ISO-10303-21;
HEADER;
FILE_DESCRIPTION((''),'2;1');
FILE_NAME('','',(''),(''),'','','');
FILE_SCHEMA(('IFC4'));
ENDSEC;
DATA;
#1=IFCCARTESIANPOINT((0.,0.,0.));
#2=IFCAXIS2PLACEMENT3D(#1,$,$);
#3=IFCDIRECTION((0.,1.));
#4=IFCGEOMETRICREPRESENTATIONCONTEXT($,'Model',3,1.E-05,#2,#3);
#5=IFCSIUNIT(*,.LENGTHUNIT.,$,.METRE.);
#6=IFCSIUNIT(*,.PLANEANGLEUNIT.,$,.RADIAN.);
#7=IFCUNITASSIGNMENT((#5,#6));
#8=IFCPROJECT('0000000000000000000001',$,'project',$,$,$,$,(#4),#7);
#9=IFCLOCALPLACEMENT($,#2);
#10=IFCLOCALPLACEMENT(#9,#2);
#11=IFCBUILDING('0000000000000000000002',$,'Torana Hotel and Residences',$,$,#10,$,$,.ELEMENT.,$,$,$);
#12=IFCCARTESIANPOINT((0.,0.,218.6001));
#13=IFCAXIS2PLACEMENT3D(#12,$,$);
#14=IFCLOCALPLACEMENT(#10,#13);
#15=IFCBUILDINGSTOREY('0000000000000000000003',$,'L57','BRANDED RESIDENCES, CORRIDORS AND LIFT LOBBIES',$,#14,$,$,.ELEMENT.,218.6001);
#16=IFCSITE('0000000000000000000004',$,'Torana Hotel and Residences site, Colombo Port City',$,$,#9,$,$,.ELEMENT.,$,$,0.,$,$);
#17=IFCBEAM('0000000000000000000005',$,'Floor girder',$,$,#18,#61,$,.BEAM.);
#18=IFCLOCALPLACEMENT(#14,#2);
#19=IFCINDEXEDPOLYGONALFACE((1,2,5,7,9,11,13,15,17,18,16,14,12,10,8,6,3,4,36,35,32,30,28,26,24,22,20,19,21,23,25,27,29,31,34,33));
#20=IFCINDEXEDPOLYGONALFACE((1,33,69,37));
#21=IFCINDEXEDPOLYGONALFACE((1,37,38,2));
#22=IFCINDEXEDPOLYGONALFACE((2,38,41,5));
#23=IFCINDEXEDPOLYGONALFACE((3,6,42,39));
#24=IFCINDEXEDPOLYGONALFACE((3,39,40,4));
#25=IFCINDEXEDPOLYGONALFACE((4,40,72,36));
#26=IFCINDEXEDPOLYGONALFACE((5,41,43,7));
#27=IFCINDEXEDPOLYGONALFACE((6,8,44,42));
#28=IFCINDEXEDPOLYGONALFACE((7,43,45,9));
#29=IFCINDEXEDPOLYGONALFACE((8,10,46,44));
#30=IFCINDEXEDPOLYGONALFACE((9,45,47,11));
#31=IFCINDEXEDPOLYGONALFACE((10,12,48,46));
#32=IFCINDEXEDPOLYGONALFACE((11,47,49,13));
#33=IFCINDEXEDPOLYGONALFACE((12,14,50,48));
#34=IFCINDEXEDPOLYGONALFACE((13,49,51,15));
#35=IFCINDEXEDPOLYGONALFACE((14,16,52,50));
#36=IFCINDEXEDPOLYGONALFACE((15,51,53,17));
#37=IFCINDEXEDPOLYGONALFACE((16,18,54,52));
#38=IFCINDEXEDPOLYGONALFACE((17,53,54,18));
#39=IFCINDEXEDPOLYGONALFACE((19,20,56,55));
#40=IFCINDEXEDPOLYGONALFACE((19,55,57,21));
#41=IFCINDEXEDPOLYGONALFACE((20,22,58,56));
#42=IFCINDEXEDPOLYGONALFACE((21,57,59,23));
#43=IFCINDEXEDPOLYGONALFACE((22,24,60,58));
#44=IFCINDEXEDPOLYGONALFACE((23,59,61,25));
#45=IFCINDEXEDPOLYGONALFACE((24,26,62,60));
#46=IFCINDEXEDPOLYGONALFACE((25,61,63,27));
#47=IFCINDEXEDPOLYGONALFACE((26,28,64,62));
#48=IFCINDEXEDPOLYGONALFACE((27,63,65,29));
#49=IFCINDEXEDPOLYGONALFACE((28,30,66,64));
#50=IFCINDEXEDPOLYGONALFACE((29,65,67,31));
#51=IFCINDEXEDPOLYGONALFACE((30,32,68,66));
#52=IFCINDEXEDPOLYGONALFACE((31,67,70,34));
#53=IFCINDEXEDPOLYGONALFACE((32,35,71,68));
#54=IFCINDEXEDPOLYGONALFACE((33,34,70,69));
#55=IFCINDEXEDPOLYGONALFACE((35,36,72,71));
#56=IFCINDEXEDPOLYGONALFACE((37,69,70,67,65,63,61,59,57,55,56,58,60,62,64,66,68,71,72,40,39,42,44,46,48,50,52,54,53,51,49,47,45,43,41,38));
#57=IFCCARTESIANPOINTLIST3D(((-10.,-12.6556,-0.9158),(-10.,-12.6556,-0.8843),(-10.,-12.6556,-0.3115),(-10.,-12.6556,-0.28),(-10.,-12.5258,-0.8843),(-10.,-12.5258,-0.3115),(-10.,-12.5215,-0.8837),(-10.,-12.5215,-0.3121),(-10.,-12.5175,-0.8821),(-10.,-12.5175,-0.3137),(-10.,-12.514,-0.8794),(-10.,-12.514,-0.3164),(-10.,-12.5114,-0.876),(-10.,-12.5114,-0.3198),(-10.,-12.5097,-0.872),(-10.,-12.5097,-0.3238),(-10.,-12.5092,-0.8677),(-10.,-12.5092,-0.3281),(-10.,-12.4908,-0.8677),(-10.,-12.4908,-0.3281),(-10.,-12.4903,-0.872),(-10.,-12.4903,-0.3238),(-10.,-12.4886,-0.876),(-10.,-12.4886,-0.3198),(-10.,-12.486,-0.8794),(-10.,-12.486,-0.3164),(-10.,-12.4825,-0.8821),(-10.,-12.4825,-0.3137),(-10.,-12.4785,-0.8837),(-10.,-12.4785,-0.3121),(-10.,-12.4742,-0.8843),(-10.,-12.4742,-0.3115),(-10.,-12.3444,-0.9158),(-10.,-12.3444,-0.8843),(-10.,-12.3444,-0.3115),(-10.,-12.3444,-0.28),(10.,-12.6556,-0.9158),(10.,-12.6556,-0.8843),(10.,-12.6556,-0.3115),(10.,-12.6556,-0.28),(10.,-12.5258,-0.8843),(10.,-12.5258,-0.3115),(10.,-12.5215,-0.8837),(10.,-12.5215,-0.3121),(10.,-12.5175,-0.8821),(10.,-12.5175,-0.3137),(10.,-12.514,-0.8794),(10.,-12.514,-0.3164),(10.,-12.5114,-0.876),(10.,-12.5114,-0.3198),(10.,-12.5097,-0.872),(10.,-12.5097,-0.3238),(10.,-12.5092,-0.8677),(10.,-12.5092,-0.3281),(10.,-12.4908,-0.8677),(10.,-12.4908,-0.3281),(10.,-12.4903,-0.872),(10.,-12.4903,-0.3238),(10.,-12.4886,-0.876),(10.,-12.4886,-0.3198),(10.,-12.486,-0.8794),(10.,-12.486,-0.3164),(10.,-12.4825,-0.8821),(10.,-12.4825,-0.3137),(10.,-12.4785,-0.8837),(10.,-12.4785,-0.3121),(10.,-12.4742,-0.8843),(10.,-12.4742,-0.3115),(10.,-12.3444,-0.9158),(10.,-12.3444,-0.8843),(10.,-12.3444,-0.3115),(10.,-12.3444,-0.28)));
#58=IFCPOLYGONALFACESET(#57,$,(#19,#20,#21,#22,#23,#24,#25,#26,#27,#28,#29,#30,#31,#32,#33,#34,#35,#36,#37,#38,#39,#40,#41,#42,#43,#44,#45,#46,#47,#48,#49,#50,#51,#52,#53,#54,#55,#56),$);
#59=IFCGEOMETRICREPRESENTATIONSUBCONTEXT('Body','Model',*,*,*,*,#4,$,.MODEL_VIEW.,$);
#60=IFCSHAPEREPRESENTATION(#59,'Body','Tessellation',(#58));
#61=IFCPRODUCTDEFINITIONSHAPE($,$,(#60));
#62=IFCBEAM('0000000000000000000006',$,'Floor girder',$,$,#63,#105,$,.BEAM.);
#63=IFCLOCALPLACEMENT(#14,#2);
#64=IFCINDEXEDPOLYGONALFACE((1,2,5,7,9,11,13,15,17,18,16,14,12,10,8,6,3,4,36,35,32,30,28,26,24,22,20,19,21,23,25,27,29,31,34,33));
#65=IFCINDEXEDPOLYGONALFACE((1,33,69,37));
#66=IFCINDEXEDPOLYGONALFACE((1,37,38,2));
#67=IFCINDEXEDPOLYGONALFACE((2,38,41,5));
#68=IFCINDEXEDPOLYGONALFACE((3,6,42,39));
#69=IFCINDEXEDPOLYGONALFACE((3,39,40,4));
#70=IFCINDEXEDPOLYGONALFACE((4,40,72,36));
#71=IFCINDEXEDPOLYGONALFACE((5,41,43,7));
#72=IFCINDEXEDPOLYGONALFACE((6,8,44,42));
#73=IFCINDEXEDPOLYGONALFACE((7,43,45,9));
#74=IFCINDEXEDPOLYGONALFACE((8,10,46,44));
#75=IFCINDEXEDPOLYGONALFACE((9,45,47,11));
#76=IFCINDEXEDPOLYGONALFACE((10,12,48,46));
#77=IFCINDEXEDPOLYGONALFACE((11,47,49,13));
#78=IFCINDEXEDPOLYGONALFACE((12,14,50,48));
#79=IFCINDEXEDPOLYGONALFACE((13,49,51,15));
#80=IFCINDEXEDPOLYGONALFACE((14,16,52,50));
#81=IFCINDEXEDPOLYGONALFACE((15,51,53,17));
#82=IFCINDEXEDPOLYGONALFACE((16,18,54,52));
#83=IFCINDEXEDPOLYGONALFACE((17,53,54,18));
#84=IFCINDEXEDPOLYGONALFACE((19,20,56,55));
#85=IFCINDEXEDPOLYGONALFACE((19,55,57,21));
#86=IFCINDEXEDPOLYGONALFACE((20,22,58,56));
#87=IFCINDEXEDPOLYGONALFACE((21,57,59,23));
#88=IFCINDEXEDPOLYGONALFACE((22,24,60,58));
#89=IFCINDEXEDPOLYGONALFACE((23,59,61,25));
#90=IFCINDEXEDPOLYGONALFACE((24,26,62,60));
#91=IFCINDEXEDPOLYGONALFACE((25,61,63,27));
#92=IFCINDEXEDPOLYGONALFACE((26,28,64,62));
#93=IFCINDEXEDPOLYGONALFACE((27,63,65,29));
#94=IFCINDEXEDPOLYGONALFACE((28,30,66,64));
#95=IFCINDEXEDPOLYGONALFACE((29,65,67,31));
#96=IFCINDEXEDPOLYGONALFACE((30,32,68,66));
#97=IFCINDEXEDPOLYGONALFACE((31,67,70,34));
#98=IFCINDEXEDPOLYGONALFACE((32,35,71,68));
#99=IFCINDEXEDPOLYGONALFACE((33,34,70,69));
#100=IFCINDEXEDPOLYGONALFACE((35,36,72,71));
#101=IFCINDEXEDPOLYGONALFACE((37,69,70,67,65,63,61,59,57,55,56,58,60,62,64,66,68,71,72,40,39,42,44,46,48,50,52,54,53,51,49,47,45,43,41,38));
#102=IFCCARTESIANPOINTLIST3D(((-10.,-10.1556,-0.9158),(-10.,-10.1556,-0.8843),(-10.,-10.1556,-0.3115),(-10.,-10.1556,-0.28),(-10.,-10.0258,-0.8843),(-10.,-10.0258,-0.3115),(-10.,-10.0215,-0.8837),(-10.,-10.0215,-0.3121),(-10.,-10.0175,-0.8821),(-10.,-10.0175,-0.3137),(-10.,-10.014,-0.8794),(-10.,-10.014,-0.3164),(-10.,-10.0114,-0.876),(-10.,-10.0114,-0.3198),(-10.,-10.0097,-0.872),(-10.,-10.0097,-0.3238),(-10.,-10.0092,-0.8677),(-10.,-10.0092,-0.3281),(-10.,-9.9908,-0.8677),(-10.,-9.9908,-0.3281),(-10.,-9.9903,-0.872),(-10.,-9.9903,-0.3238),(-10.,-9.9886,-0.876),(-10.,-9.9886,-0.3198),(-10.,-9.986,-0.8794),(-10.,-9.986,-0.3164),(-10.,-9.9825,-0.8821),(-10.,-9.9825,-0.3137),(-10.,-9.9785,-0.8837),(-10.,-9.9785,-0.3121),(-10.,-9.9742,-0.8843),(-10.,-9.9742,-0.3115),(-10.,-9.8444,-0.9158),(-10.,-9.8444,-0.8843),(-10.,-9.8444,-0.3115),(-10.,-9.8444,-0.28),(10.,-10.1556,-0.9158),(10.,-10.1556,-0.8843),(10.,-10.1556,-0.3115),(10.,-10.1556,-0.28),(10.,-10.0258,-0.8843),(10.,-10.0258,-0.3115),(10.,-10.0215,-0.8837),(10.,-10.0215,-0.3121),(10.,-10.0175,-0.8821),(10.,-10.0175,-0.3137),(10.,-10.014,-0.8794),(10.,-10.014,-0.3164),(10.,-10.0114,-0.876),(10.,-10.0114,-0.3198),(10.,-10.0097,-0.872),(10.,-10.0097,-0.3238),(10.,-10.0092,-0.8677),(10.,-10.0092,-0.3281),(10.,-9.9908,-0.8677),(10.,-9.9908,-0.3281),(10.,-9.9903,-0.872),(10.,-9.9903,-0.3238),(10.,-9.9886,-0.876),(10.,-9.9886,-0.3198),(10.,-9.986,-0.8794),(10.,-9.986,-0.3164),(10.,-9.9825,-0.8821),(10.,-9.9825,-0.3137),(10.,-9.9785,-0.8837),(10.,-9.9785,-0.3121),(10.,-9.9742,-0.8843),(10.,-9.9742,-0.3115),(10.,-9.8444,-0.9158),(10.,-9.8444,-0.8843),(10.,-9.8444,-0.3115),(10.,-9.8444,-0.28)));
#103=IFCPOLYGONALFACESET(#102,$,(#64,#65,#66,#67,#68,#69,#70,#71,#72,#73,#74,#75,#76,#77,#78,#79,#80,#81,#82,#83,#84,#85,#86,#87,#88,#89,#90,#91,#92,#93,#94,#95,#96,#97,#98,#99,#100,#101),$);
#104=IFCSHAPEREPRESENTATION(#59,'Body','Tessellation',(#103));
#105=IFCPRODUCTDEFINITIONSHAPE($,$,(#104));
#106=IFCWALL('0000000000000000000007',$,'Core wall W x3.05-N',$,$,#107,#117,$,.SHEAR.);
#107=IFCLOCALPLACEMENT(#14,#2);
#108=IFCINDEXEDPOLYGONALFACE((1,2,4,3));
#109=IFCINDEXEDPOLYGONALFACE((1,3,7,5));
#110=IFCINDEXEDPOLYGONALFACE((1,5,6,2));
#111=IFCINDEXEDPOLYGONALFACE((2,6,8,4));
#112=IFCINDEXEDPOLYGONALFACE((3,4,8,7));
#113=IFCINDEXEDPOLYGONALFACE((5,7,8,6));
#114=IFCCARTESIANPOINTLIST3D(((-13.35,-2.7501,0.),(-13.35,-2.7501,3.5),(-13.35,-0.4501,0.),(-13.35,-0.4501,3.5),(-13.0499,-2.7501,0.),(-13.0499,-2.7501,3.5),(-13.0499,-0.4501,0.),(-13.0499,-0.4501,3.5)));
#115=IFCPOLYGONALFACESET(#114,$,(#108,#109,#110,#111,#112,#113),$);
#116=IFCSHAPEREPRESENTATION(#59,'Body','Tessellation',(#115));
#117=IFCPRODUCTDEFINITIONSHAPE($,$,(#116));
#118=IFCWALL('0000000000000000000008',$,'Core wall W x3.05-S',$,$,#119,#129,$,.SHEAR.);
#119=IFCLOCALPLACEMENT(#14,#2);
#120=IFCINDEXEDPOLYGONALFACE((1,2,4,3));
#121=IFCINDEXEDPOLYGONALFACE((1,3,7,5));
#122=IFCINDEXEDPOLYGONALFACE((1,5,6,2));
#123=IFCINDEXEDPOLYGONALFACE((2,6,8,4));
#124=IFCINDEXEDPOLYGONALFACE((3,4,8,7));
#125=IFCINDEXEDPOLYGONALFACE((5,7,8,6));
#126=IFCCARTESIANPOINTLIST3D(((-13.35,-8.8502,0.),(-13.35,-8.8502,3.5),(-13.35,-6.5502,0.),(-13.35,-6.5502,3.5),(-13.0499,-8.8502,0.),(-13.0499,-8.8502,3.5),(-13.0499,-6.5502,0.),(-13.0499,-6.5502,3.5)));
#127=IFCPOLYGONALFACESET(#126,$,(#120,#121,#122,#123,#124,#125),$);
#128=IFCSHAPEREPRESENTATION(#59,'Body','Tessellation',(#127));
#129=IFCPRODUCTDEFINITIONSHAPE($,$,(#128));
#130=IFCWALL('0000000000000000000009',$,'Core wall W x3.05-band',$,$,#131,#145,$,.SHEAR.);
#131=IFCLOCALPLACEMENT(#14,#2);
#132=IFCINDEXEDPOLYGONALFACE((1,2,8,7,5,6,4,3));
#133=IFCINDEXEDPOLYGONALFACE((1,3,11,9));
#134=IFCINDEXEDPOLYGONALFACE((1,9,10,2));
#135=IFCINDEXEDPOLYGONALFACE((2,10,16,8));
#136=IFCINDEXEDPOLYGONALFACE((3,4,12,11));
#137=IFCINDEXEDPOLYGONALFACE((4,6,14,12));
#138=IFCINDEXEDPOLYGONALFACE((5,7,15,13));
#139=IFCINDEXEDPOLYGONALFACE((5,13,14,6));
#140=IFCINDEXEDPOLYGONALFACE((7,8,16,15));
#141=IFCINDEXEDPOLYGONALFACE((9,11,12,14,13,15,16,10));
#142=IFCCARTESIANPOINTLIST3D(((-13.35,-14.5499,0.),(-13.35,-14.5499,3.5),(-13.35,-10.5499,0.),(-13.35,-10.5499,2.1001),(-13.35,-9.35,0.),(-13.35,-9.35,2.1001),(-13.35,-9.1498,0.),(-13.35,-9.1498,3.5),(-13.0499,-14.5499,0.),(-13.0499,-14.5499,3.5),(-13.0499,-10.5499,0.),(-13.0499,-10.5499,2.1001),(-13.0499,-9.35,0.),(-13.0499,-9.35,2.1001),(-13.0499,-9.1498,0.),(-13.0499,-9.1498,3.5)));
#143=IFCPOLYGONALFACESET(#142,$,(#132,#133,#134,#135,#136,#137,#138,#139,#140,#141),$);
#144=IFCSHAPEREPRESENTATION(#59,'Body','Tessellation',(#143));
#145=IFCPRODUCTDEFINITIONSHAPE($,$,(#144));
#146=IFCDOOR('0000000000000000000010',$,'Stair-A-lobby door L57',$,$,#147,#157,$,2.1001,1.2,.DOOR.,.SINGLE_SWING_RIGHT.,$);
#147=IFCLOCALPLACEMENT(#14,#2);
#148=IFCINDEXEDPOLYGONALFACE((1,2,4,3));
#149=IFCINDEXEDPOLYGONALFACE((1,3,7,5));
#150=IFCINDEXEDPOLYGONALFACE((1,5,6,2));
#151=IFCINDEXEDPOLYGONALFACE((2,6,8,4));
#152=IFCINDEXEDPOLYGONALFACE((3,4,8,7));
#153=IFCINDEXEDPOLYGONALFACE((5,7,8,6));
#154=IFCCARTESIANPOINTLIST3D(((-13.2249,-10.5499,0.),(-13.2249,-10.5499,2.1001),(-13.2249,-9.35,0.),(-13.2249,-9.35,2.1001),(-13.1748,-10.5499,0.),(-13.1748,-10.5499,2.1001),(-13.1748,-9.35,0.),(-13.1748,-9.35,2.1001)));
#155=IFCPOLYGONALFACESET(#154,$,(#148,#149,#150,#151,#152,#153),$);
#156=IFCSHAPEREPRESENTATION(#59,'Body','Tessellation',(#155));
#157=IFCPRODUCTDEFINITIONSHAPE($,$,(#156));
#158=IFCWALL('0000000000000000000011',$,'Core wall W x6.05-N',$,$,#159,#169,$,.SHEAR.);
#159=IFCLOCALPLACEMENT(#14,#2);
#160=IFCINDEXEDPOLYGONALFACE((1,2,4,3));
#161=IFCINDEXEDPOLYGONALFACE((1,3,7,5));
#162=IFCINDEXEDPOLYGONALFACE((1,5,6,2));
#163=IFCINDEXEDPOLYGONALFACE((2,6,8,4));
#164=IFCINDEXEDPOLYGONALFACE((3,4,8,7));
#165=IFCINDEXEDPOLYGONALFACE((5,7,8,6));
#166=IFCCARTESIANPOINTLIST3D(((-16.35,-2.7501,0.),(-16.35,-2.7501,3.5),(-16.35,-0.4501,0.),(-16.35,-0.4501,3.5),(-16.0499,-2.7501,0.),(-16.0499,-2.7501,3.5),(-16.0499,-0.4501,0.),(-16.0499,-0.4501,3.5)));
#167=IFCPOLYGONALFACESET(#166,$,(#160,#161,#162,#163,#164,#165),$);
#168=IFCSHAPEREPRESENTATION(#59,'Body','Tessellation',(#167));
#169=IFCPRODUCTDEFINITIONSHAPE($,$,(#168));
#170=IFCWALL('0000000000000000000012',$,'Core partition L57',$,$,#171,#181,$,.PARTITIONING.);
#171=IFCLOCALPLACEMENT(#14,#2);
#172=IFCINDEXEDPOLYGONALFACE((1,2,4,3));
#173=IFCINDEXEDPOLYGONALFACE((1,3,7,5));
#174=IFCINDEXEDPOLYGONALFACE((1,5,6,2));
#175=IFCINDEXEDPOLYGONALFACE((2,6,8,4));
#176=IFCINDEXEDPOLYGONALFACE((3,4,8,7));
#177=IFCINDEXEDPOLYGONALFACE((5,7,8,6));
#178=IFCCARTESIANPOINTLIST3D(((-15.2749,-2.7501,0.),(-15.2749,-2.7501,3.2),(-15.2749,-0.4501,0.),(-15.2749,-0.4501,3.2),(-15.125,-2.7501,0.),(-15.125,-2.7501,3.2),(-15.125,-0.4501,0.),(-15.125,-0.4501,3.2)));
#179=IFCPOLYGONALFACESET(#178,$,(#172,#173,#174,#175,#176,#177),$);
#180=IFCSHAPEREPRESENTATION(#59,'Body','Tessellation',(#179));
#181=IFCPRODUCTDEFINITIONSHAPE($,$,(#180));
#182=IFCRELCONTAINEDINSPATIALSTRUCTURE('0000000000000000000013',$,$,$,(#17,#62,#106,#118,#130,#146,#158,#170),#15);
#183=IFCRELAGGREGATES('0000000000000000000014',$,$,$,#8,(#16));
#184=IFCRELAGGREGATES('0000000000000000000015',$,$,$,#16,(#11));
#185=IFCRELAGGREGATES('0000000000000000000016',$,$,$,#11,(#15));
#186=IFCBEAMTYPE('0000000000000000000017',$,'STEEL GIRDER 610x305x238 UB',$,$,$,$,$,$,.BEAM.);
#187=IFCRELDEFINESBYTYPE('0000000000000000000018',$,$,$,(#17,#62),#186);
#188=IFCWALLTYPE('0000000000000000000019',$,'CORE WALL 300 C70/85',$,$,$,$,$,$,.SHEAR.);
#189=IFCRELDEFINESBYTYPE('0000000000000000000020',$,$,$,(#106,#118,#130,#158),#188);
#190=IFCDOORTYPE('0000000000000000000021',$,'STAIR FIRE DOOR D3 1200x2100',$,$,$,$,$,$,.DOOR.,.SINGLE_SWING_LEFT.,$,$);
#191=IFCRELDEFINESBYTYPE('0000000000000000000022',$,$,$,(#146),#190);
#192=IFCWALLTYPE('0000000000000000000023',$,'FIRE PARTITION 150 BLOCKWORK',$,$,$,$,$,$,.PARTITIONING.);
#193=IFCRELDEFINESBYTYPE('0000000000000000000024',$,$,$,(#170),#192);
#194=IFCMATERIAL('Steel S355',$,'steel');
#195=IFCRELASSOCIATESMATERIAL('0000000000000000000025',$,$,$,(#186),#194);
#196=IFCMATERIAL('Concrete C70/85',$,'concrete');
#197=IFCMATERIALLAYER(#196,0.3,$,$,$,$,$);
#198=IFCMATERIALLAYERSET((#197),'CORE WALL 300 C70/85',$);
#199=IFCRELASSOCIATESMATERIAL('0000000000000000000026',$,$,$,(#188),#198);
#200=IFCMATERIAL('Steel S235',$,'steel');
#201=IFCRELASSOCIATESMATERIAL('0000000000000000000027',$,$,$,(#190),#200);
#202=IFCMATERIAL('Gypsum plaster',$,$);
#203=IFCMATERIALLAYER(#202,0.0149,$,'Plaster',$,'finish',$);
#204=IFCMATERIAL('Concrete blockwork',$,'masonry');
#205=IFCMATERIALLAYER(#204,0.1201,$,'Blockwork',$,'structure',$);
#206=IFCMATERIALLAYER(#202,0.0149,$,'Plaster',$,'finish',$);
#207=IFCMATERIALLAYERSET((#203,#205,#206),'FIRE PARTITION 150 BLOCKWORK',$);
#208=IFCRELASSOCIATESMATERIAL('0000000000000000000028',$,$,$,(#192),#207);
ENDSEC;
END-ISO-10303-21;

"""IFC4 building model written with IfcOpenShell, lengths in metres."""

from ifc_helpers import new_model, si_unit, direction, frame, frame_2d, origin, origin_2d, place, context, subcontext, project, spatial, rectangle, i_section, extrude, material, layer, layer_set, material_profile, profile_set, type_object, element, fill, save


model = new_model("IFC4")

# Units and contexts
model_context = context("Model", 3, precision=1e-05, world=origin(), true_north=direction((0.0, 1.0)))
body_context = subcontext(model_context, "Body", "Model", "MODEL_VIEW")
ifc_project = project(units=[si_unit("LENGTHUNIT", "METRE"), si_unit("PLANEANGLEUNIT", "RADIAN")], contexts=[model_context])

# Site, building, storey
site_placement = place(None, origin())
site = spatial("IfcSite", under=ifc_project, at=site_placement, Name="Torana Hotel and Residences site, Colombo Port City", CompositionType="ELEMENT", RefElevation=0.0)
building_placement = place(site_placement, origin())
building = spatial("IfcBuilding", under=site, at=building_placement, Name="Torana Hotel and Residences", CompositionType="ELEMENT")
storey_placement = place(building_placement, frame((0.0, 0.0, 218.6001)))
storey = spatial("IfcBuildingStorey", under=building, at=storey_placement, Name="L57", Description="BRANDED RESIDENCES, CORRIDORS AND LIFT LOBBIES", CompositionType="ELEMENT", Elevation=218.6001)

# Beams
ifc_material_1 = material(Name="Steel S355", Category="steel")
ifc_material_profile = material_profile(ifc_material_1, i_section(OverallWidth=0.3113, OverallDepth=0.6357, WebThickness=0.0183, FlangeThickness=0.0315, FilletRadius=0.0166, at=origin_2d()), Name="610x305x238 UB")
ifc_profile_set = profile_set([ifc_material_profile], Name="Steel S355")
beam_type = type_object("IfcBeamType", Name="STEEL GIRDER 610x305x238 UB", PredefinedType="BEAM", material=ifc_profile_set)
for number, where, z_axis, x_axis, name in (
    (1, (-10.0, -12.5, -0.5979), (1.0, 0.0, 0.0), (0.0, 1.0, 0.0), "Floor girder"),
    (2, (-10.0, -10.0, -0.5979), (1.0, 0.0, 0.0), (0.0, 1.0, 0.0), "Floor girder"),
):
    element("IfcBeam", number, at=place(storey_placement, frame(where, z_axis=z_axis, x_axis=x_axis)), inside=storey, type_object=beam_type, Name=name, PredefinedType="BEAM", context=body_context, shape_type="SweptSolid", body=[
        extrude(i_section(OverallWidth=0.3113, OverallDepth=0.6357, WebThickness=0.0183, FlangeThickness=0.0315, FilletRadius=0.0166, at=origin_2d()), origin(), (0.0, 0.0, 1.0), 20.0),
    ])

# Walls
ifc_material_2 = material(Name="Concrete C70/85", Category="concrete")
ifc_layer_1 = layer(ifc_material_2, 0.3)
ifc_layer_set_1 = layer_set([ifc_layer_1], Name="CORE WALL 300 C70/85")
wall_type_1 = type_object("IfcWallType", Name="CORE WALL 300 C70/85", PredefinedType="SHEAR", material=ifc_layer_set_1)
for number, where, z_axis, x_axis, name in (
    (3, (-13.2, -2.75, 0.0), (0.0, 0.0, 1.0), (0.0, 1.0, 0.0), "Core wall W x3.05-N"),
    (4, (-13.2, -8.8501, 0.0), (0.0, 0.0, 1.0), (0.0, 1.0, 0.0), "Core wall W x3.05-S"),
):
    element("IfcWall", number, at=place(storey_placement, frame(where, z_axis=z_axis, x_axis=x_axis)), inside=storey, type_object=wall_type_1, Name=name, PredefinedType="SHEAR", context=body_context, shape_type="SweptSolid", body=[
        extrude(rectangle(XDim=2.3, YDim=0.3, at=frame_2d((1.1499, 0.0))), origin(), (0.0, 0.0, 1.0), 3.5),
    ])

# Wall, opening, door
wall_1_placement = place(storey_placement, frame((-13.2, -14.55, 0.0), z_axis=(0.0, 0.0, 1.0), x_axis=(0.0, 1.0, 0.0)))
wall_1 = element("IfcWall", 5, at=wall_1_placement, inside=storey, type_object=wall_type_1, Name="Core wall W x3.05-band", PredefinedType="SHEAR", context=body_context, shape_type="SweptSolid", body=[
    extrude(rectangle(XDim=5.4001, YDim=0.3, at=frame_2d((2.7002, 0.0))), origin(), (0.0, 0.0, 1.0), 3.5),
])
opening_1_placement = place(wall_1_placement, frame((4.0, 0.0, 0.0)))
opening_1 = element("IfcOpeningElement", 6, at=opening_1_placement, cuts=wall_1, PredefinedType="OPENING", context=body_context, shape_type="SweptSolid", body=[
    extrude(rectangle(XDim=1.2, YDim=2.1001, at=frame_2d((0.6001, 1.05))), frame((0.0, 0.1599, 0.0), z_axis=(0.0, -1.0, 0.0), x_axis=(1.0, 0.0, 0.0)), (0.0, 0.0, 1.0), 0.3201),
])
ifc_material_3 = material(Name="Steel S235", Category="steel")
door_type_1 = type_object("IfcDoorType", Name="STAIR FIRE DOOR D3 1200x2100", OperationType="SINGLE_SWING_LEFT", PredefinedType="DOOR", material=ifc_material_3)
door_1_placement = place(opening_1_placement, frame((0.6001, 0.0, 0.0), z_axis=(0.0, 0.0, 1.0), x_axis=(-1.0, 0.0, 0.0)))
door_1 = element("IfcDoor", 7, at=door_1_placement, inside=storey, type_object=door_type_1, Name="Stair-A-lobby door L57", OperationType="SINGLE_SWING_RIGHT", OverallHeight=2.1001, OverallWidth=1.2, PredefinedType="DOOR", context=body_context, shape_type="SweptSolid", body=[
    extrude(rectangle(XDim=1.2, YDim=2.1001, at=frame_2d((0.0, 1.05))), frame((0.0, -0.0249, 0.0), z_axis=(0.0, 1.0, 0.0), x_axis=(-1.0, 0.0, 0.0)), (0.0, 0.0, 1.0), 0.05),
])
fill(opening_1, door_1)

# Wall
wall_2_placement = place(storey_placement, frame((-16.2, -2.75, 0.0), z_axis=(0.0, 0.0, 1.0), x_axis=(0.0, 1.0, 0.0)))
element("IfcWall", 8, at=wall_2_placement, inside=storey, type_object=wall_type_1, Name="Core wall W x6.05-N", PredefinedType="SHEAR", context=body_context, shape_type="SweptSolid", body=[
    extrude(rectangle(XDim=2.3, YDim=0.3, at=frame_2d((1.1499, 0.0))), origin(), (0.0, 0.0, 1.0), 3.5),
])

# Wall
ifc_material_4 = material(Name="Gypsum plaster")
ifc_layer_2 = layer(ifc_material_4, 0.0149, Name="Plaster", Category="finish")
ifc_material_5 = material(Name="Concrete blockwork", Category="masonry")
ifc_layer_3 = layer(ifc_material_5, 0.1201, Name="Blockwork", Category="structure")
ifc_layer_4 = layer(ifc_material_4, 0.0149, Name="Plaster", Category="finish")
ifc_layer_set_2 = layer_set([ifc_layer_2, ifc_layer_3, ifc_layer_4], Name="FIRE PARTITION 150 BLOCKWORK")
wall_type_2 = type_object("IfcWallType", Name="FIRE PARTITION 150 BLOCKWORK", PredefinedType="PARTITIONING", material=ifc_layer_set_2)
wall_3_placement = place(storey_placement, frame((-15.2, -2.75, 0.0), z_axis=(0.0, 0.0, 1.0), x_axis=(0.0, 1.0, 0.0)))
element("IfcWall", 9, at=wall_3_placement, inside=storey, type_object=wall_type_2, Name="Core partition L57", PredefinedType="PARTITIONING", context=body_context, shape_type="SweptSolid", body=[
    extrude(rectangle(XDim=2.3, YDim=0.1499, at=frame_2d((1.1499, 0.0))), origin(), (0.0, 0.0, 1.0), 3.2),
])

save(model, "model.ifc")
